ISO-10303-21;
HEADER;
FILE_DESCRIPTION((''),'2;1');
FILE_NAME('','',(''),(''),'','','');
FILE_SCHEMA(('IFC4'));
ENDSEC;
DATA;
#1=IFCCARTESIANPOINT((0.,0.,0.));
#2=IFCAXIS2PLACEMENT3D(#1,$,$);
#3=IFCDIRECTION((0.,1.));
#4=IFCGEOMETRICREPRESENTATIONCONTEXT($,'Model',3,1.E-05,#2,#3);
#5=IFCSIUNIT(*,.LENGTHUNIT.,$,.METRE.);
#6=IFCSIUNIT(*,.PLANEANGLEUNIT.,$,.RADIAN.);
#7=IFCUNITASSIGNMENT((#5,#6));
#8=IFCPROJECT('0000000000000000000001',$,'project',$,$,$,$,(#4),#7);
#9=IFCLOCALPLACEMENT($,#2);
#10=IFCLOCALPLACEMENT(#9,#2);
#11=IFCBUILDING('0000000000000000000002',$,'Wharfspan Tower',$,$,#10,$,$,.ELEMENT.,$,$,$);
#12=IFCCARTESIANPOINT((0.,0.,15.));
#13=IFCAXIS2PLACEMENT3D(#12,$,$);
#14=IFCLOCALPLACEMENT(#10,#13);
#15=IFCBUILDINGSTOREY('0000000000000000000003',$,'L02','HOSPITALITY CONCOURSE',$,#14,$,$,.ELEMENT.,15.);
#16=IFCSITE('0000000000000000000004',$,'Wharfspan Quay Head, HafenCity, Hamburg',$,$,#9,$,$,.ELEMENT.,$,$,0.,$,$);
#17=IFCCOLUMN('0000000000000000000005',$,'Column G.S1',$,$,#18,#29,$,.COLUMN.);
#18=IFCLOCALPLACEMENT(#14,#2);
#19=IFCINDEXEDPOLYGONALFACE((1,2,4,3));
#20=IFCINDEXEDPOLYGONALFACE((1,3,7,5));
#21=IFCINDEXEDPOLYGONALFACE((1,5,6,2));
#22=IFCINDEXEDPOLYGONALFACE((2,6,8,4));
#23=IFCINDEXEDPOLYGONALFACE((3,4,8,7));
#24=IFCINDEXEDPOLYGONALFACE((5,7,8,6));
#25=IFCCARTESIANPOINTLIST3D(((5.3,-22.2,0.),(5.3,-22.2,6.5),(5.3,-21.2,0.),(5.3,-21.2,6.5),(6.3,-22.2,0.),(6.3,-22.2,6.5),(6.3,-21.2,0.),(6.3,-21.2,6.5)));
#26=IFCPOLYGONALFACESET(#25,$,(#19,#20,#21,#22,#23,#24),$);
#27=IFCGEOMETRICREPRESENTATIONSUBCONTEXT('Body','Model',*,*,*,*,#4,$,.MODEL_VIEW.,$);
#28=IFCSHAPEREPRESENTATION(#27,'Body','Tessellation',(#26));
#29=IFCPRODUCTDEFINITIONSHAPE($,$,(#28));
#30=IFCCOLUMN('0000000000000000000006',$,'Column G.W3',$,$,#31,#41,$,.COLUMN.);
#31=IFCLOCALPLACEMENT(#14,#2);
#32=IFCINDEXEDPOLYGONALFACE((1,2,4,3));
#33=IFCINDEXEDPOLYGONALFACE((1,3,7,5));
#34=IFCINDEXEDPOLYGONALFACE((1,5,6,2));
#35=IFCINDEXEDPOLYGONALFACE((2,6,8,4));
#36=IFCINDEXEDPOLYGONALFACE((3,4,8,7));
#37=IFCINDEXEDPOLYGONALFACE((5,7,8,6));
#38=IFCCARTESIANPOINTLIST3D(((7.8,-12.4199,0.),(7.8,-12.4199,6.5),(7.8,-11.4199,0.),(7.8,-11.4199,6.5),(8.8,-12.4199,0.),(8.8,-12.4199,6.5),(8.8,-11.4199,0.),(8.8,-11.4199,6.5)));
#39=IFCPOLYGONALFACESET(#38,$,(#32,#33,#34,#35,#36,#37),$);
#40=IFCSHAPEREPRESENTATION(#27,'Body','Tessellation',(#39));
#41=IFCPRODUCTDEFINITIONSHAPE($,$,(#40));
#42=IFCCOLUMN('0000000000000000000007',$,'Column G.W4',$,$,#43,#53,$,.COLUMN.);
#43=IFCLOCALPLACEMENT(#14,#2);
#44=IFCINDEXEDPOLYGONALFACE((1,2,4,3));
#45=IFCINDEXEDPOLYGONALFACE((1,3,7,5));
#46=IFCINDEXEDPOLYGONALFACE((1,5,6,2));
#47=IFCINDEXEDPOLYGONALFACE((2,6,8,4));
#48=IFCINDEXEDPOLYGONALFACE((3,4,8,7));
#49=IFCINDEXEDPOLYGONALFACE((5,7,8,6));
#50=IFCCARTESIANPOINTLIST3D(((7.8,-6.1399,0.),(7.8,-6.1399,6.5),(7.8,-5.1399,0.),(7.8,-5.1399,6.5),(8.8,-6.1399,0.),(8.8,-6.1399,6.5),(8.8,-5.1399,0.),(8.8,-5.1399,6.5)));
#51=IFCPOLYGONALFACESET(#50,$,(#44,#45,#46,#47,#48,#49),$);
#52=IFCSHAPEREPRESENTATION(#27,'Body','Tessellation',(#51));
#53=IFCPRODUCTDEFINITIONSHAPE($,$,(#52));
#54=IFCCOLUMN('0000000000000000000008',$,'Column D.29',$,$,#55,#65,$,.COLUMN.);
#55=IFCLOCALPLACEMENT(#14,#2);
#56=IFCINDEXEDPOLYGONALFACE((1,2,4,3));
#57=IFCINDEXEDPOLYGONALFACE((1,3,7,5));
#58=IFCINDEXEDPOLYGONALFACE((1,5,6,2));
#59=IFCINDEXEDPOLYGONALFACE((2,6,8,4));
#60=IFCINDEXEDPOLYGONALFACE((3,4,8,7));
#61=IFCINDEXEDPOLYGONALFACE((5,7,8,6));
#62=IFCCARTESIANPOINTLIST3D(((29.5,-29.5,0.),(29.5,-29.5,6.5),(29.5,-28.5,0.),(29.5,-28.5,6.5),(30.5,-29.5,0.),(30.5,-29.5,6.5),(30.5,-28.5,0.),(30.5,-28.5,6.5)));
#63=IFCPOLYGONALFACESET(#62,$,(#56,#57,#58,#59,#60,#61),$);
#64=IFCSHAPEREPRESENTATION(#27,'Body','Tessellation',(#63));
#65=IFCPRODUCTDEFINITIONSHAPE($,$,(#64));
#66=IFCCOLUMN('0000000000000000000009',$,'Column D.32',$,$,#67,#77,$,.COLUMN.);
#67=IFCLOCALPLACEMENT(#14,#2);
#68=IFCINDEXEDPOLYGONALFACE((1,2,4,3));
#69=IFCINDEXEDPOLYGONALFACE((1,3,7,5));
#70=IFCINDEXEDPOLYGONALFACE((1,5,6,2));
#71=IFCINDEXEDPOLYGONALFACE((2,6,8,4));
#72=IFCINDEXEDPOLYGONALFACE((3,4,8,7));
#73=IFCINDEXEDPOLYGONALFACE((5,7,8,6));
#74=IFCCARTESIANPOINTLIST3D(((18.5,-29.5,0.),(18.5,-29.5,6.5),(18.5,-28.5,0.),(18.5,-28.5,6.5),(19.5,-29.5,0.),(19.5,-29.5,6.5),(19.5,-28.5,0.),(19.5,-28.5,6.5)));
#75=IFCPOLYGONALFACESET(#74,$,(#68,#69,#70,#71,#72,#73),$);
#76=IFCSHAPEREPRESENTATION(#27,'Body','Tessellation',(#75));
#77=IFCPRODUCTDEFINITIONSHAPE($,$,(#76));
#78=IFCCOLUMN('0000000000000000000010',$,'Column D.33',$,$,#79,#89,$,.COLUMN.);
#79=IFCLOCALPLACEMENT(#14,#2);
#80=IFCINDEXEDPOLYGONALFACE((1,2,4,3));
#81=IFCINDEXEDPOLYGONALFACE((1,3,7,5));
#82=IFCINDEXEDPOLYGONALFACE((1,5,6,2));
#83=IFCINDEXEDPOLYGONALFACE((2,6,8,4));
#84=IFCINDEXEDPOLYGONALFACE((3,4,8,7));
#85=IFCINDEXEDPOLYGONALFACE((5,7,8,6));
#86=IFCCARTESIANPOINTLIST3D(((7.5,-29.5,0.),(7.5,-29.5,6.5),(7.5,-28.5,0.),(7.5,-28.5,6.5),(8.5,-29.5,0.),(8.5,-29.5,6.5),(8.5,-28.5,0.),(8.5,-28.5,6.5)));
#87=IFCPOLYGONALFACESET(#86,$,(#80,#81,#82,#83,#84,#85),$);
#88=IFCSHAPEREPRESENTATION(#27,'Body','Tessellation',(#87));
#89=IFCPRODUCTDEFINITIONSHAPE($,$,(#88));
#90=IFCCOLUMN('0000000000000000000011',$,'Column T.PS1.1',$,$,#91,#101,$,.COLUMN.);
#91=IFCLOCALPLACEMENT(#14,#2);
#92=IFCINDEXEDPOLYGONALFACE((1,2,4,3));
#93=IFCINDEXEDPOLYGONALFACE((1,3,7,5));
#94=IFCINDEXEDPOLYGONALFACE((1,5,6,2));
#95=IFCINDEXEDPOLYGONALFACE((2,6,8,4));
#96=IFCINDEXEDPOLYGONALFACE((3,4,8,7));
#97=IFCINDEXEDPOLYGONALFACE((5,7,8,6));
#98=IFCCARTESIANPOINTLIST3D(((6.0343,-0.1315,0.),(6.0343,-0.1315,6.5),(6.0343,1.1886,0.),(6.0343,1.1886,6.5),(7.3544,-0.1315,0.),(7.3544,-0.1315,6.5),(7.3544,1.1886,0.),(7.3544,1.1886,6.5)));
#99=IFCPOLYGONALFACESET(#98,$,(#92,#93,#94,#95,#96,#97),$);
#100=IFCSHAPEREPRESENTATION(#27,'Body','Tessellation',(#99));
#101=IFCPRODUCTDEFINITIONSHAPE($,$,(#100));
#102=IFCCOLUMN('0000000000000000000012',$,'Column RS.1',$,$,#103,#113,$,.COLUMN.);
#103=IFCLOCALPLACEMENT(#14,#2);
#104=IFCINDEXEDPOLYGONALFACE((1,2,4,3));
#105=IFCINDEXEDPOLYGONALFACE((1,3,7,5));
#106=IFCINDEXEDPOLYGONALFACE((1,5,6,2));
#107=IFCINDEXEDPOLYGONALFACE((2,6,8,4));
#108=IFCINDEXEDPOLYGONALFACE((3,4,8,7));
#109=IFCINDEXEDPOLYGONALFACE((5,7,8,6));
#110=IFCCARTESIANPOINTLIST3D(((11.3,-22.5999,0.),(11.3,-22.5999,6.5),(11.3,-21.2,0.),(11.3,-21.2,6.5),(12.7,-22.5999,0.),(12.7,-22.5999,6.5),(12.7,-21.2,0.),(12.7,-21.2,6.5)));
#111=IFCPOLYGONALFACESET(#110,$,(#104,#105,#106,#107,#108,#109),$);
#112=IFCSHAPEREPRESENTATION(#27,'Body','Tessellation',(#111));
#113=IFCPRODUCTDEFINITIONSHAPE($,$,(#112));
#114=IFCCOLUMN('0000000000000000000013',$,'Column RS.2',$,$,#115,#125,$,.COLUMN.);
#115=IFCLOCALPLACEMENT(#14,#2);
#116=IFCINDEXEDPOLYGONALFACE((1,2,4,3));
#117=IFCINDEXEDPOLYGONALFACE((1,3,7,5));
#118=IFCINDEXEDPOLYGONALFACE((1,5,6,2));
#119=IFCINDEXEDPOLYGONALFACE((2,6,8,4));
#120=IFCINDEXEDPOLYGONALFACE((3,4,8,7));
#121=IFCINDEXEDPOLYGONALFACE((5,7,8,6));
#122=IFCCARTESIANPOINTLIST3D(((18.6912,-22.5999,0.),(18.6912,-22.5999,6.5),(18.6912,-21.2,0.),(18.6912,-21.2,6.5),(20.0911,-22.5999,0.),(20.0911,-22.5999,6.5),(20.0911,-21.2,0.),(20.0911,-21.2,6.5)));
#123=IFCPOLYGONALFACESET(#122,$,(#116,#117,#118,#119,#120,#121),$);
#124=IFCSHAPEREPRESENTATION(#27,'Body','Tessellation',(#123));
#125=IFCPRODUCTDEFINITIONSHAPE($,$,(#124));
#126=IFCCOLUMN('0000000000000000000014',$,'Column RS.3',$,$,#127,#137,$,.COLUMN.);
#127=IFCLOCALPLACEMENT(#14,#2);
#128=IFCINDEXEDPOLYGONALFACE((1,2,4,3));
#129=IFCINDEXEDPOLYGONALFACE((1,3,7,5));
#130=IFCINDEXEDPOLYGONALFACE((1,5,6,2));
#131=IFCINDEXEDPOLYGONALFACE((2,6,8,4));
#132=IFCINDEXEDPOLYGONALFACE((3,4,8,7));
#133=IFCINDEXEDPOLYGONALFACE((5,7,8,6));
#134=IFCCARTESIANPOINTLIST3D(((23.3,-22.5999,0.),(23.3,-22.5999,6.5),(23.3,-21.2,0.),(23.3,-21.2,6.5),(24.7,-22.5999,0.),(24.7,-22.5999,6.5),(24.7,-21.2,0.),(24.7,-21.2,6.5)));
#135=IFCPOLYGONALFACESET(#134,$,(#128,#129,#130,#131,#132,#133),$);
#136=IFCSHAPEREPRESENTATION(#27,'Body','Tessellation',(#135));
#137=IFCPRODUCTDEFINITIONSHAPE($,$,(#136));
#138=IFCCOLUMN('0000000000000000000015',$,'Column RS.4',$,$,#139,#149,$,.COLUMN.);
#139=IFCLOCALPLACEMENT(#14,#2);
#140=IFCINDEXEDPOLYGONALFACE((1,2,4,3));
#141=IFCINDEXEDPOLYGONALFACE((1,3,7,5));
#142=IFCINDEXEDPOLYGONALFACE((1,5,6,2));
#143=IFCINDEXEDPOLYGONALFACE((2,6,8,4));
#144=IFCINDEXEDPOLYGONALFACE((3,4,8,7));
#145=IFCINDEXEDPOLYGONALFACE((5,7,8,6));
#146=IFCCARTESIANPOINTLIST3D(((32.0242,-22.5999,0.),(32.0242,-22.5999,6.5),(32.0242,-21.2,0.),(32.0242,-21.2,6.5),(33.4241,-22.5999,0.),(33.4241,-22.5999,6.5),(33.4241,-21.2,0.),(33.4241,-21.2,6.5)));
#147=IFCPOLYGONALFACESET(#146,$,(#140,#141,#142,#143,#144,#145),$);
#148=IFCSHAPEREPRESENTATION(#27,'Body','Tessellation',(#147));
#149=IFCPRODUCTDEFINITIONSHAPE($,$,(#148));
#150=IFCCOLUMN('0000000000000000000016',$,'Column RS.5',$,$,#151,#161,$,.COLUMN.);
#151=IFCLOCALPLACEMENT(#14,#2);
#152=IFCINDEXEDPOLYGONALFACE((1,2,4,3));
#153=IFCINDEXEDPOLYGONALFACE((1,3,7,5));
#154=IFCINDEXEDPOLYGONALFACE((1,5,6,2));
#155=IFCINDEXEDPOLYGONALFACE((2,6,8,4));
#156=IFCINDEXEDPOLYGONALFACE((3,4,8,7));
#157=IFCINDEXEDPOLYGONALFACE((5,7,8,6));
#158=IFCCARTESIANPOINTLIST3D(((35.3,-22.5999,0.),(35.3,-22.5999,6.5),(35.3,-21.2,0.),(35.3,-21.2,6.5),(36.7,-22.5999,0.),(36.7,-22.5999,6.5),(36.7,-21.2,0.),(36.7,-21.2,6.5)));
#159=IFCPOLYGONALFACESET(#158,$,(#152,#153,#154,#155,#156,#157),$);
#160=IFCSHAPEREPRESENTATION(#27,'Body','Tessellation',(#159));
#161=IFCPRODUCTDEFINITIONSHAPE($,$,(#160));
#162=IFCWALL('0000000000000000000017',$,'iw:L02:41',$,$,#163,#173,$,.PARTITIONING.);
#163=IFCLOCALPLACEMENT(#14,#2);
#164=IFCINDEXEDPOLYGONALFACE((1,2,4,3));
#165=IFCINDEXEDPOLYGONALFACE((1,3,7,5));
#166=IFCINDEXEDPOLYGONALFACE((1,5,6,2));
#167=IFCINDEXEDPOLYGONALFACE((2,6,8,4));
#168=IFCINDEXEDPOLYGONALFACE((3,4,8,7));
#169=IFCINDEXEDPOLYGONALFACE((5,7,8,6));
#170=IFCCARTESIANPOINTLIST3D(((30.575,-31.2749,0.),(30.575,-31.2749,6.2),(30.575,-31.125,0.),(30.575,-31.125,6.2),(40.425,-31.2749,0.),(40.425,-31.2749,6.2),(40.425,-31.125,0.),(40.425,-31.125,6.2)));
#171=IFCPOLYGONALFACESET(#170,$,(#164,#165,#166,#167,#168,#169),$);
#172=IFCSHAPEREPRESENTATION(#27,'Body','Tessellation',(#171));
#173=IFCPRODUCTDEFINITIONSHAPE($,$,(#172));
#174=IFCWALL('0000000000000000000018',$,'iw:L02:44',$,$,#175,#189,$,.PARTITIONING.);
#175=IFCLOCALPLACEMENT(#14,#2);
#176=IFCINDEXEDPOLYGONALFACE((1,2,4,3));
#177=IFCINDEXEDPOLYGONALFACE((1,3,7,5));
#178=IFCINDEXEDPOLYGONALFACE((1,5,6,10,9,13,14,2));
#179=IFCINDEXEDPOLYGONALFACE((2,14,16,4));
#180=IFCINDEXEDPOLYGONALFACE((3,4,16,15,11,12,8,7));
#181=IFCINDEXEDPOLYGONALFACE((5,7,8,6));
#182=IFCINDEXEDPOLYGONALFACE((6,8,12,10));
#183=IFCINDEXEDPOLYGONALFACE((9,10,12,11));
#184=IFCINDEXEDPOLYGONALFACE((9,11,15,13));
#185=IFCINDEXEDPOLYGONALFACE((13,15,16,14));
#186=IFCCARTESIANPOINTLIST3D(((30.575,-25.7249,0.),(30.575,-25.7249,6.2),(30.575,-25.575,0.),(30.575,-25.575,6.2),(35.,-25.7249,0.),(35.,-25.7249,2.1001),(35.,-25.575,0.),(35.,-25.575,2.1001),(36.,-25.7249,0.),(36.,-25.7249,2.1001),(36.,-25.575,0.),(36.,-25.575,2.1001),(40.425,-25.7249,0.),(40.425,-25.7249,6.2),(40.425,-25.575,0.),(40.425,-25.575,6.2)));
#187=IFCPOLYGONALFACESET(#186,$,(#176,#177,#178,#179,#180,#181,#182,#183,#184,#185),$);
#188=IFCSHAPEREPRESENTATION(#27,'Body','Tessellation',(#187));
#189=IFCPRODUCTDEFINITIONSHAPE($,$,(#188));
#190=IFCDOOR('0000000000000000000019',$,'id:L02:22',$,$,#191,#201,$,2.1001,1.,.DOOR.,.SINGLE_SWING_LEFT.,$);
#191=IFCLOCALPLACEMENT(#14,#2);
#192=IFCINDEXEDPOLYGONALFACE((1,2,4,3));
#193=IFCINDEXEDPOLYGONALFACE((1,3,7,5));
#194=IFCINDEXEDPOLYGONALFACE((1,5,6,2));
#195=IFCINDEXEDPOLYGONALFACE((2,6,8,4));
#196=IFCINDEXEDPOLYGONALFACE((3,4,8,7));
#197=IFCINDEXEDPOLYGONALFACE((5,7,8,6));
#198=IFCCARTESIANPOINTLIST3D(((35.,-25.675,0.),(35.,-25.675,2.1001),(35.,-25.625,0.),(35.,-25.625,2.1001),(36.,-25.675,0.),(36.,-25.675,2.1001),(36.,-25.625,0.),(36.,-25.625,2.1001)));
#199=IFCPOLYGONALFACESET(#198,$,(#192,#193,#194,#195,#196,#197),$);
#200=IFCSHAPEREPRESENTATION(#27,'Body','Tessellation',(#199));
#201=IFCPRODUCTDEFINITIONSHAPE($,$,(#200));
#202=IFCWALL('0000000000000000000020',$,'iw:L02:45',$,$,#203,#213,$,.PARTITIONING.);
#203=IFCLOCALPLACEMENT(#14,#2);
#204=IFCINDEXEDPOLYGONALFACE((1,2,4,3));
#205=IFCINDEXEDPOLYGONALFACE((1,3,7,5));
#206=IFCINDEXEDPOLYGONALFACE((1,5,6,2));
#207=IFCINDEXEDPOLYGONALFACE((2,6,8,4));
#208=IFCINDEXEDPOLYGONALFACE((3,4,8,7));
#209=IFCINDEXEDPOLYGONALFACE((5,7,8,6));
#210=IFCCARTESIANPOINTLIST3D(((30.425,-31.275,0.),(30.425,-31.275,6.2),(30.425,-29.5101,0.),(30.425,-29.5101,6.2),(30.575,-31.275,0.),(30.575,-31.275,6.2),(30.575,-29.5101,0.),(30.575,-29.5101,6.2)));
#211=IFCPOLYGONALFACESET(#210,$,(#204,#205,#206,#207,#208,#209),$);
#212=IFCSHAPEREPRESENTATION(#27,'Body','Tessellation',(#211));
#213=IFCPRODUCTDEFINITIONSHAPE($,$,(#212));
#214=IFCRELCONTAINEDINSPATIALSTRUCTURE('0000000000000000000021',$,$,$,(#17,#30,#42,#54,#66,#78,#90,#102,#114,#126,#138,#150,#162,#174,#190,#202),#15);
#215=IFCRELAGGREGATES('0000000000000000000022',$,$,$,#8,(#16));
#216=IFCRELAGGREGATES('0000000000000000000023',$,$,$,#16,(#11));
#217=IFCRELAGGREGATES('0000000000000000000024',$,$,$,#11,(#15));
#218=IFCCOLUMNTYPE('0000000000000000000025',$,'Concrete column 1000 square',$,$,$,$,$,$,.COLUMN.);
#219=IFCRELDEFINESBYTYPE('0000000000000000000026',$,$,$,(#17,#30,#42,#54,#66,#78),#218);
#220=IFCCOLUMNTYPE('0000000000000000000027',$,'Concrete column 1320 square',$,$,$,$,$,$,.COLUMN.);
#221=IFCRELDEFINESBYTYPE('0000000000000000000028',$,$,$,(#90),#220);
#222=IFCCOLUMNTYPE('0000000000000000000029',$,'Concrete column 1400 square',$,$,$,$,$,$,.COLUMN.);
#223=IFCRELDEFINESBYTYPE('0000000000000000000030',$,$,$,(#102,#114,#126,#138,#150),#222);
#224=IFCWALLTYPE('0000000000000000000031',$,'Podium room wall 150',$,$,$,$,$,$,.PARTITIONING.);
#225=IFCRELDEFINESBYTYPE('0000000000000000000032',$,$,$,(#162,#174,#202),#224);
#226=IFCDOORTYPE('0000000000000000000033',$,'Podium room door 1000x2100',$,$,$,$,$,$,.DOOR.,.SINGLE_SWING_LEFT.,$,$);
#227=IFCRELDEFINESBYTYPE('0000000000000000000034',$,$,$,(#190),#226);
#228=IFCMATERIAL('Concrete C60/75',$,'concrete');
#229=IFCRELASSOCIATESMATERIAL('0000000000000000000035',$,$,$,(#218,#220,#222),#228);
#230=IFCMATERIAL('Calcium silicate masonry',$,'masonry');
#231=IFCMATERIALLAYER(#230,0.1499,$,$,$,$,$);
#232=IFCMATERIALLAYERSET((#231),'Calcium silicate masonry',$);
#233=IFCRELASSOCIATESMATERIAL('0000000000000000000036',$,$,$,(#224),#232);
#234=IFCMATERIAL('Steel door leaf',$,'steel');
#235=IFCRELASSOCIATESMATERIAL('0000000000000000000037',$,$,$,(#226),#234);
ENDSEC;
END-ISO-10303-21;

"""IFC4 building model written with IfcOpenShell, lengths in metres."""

from ifc_helpers import new_model, si_unit, direction, frame, frame_2d, origin, origin_2d, place, context, subcontext, project, spatial, rectangle, extrude, material, layer, layer_set, material_profile, profile_set, type_object, element, fill, save


model = new_model("IFC4")

# Units and contexts
model_context = context("Model", 3, precision=1e-05, world=origin(), true_north=direction((0.0, 1.0)))
body_context = subcontext(model_context, "Body", "Model", "MODEL_VIEW")
ifc_project = project(units=[si_unit("LENGTHUNIT", "METRE"), si_unit("PLANEANGLEUNIT", "RADIAN")], contexts=[model_context])

# Site, building, storey
site_placement = place(None, origin())
site = spatial("IfcSite", under=ifc_project, at=site_placement, Name="Wharfspan Quay Head, HafenCity, Hamburg", CompositionType="ELEMENT", RefElevation=0.0)
building_placement = place(site_placement, origin())
building = spatial("IfcBuilding", under=site, at=building_placement, Name="Wharfspan Tower", CompositionType="ELEMENT")
storey_placement = place(building_placement, frame((0.0, 0.0, 15.0)))
storey = spatial("IfcBuildingStorey", under=building, at=storey_placement, Name="L02", Description="HOSPITALITY CONCOURSE", CompositionType="ELEMENT", Elevation=15.0)

# Columns
ifc_material_1 = material(Name="Concrete C60/75", Category="concrete")
ifc_material_profile_1 = material_profile(ifc_material_1, rectangle(XDim=1.0, YDim=1.0, at=origin_2d()))
ifc_profile_set_1 = profile_set([ifc_material_profile_1], Name="Concrete C60/75")
column_type_1 = type_object("IfcColumnType", Name="Concrete column 1000 square", PredefinedType="COLUMN", material=ifc_profile_set_1)
for number, where, z_axis, x_axis, name in (
    (1, (5.8, -21.7, 0.0), (0.0, 0.0, 1.0), (1.0, 0.0, 0.0), "Column G.S1"),
    (2, (8.3, -11.9199, 0.0), (0.0, 0.0, 1.0), (1.0, 0.0, 0.0), "Column G.W3"),
    (3, (8.3, -5.6399, 0.0), (0.0, 0.0, 1.0), (1.0, 0.0, 0.0), "Column G.W4"),
    (4, (30.0, -29.0, 0.0), (0.0, 0.0, 1.0), (1.0, 0.0, 0.0), "Column D.29"),
    (5, (19.0, -29.0, 0.0), (0.0, 0.0, 1.0), (1.0, 0.0, 0.0), "Column D.32"),
    (6, (8.0, -29.0, 0.0), (0.0, 0.0, 1.0), (1.0, 0.0, 0.0), "Column D.33"),
):
    element("IfcColumn", number, at=place(storey_placement, frame(where, z_axis=z_axis, x_axis=x_axis)), inside=storey, type_object=column_type_1, Name=name, PredefinedType="COLUMN", context=body_context, shape_type="SweptSolid", body=[
        extrude(rectangle(XDim=1.0, YDim=1.0, at=origin_2d()), origin(), (0.0, 0.0, 1.0), 6.5),
    ])
ifc_material_profile_2 = material_profile(ifc_material_1, rectangle(XDim=1.3201, YDim=1.3201, at=origin_2d()))
ifc_profile_set_2 = profile_set([ifc_material_profile_2], Name="Concrete C60/75")
column_type_2 = type_object("IfcColumnType", Name="Concrete column 1320 square", PredefinedType="COLUMN", material=ifc_profile_set_2)
column_placement = place(storey_placement, frame((6.6943, 0.5286, 0.0), z_axis=(0.0, 0.0, 1.0), x_axis=(1.0, 0.0, 0.0)))
element("IfcColumn", 7, at=column_placement, inside=storey, type_object=column_type_2, Name="Column T.PS1.1", PredefinedType="COLUMN", context=body_context, shape_type="SweptSolid", body=[
    extrude(rectangle(XDim=1.3201, YDim=1.3201, at=origin_2d()), origin(), (0.0, 0.0, 1.0), 6.5),
])
ifc_material_profile_3 = material_profile(ifc_material_1, rectangle(XDim=1.3999, YDim=1.3999, at=origin_2d()))
ifc_profile_set_3 = profile_set([ifc_material_profile_3], Name="Concrete C60/75")
column_type_3 = type_object("IfcColumnType", Name="Concrete column 1400 square", PredefinedType="COLUMN", material=ifc_profile_set_3)
for number, where, z_axis, x_axis, name in (
    (8, (12.0, -21.8999, 0.0), (0.0, 0.0, 1.0), (1.0, 0.0, 0.0), "Column RS.1"),
    (9, (19.3911, -21.8999, 0.0), (0.0, 0.0, 1.0), (1.0, 0.0, 0.0), "Column RS.2"),
    (10, (24.0, -21.8999, 0.0), (0.0, 0.0, 1.0), (1.0, 0.0, 0.0), "Column RS.3"),
    (11, (32.7241, -21.8999, 0.0), (0.0, 0.0, 1.0), (1.0, 0.0, 0.0), "Column RS.4"),
    (12, (36.0, -21.8999, 0.0), (0.0, 0.0, 1.0), (1.0, 0.0, 0.0), "Column RS.5"),
):
    element("IfcColumn", number, at=place(storey_placement, frame(where, z_axis=z_axis, x_axis=x_axis)), inside=storey, type_object=column_type_3, Name=name, PredefinedType="COLUMN", context=body_context, shape_type="SweptSolid", body=[
        extrude(rectangle(XDim=1.3999, YDim=1.3999, at=origin_2d()), origin(), (0.0, 0.0, 1.0), 6.5),
    ])

# Wall
ifc_material_2 = material(Name="Calcium silicate masonry", Category="masonry")
ifc_layer_1 = layer(ifc_material_2, 0.1499)
ifc_layer_set_1 = layer_set([ifc_layer_1], Name="Calcium silicate masonry")
wall_type_1 = type_object("IfcWallType", Name="Podium room wall 150", PredefinedType="PARTITIONING", material=ifc_layer_set_1)
wall_1_placement = place(storey_placement, frame((30.575, -31.2, 0.0), z_axis=(0.0, 0.0, 1.0), x_axis=(1.0, 0.0, 0.0)))
element("IfcWall", 13, at=wall_1_placement, inside=storey, type_object=wall_type_1, Name="iw:L02:41", PredefinedType="PARTITIONING", context=body_context, shape_type="SweptSolid", body=[
    extrude(rectangle(XDim=9.8501, YDim=0.1499, at=frame_2d((4.925, 0.0))), origin(), (0.0, 0.0, 1.0), 6.2),
])

# Wall, opening, door
wall_2_placement = place(storey_placement, frame((30.575, -25.6499, 0.0), z_axis=(0.0, 0.0, 1.0), x_axis=(1.0, 0.0, 0.0)))
wall_2 = element("IfcWall", 14, at=wall_2_placement, inside=storey, type_object=wall_type_1, Name="iw:L02:44", PredefinedType="PARTITIONING", context=body_context, shape_type="SweptSolid", body=[
    extrude(rectangle(XDim=9.8501, YDim=0.1499, at=frame_2d((4.925, 0.0))), origin(), (0.0, 0.0, 1.0), 6.2),
])
opening_1_placement = place(wall_2_placement, frame((4.425, 0.0, 0.0)))
opening_1 = element("IfcOpeningElement", 15, at=opening_1_placement, cuts=wall_2, PredefinedType="OPENING", context=body_context, shape_type="SweptSolid", body=[
    extrude(rectangle(XDim=1.0, YDim=2.1001, at=frame_2d((0.5, 1.05))), frame((0.0, 0.085, 0.0), z_axis=(0.0, -1.0, 0.0), x_axis=(1.0, 0.0, 0.0)), (0.0, 0.0, 1.0), 0.1699),
])
ifc_material_3 = material(Name="Steel door leaf", Category="steel")
door_type_1 = type_object("IfcDoorType", Name="Podium room door 1000x2100", OperationType="SINGLE_SWING_LEFT", PredefinedType="DOOR", material=ifc_material_3)
door_1_placement = place(opening_1_placement, origin())
door_1 = element("IfcDoor", 16, at=door_1_placement, inside=storey, type_object=door_type_1, Name="id:L02:22", OperationType="SINGLE_SWING_LEFT", OverallHeight=2.1001, OverallWidth=1.0, PredefinedType="DOOR", context=body_context, shape_type="SweptSolid", body=[
    extrude(rectangle(XDim=1.0, YDim=2.1001, at=frame_2d((0.5, 1.05))), frame((0.0, 0.0249, 0.0), z_axis=(0.0, -1.0, 0.0), x_axis=(1.0, 0.0, 0.0)), (0.0, 0.0, 1.0), 0.05),
])
fill(opening_1, door_1)

# Wall
wall_3_placement = place(storey_placement, frame((30.5, -31.2749, 0.0), z_axis=(0.0, 0.0, 1.0), x_axis=(0.0, 1.0, 0.0)))
element("IfcWall", 17, at=wall_3_placement, inside=storey, type_object=wall_type_1, Name="iw:L02:45", PredefinedType="PARTITIONING", context=body_context, shape_type="SweptSolid", body=[
    extrude(rectangle(XDim=1.7649, YDim=0.1499, at=frame_2d((0.8823, 0.0))), origin(), (0.0, 0.0, 1.0), 6.2),
])

save(model, "model.ifc")
